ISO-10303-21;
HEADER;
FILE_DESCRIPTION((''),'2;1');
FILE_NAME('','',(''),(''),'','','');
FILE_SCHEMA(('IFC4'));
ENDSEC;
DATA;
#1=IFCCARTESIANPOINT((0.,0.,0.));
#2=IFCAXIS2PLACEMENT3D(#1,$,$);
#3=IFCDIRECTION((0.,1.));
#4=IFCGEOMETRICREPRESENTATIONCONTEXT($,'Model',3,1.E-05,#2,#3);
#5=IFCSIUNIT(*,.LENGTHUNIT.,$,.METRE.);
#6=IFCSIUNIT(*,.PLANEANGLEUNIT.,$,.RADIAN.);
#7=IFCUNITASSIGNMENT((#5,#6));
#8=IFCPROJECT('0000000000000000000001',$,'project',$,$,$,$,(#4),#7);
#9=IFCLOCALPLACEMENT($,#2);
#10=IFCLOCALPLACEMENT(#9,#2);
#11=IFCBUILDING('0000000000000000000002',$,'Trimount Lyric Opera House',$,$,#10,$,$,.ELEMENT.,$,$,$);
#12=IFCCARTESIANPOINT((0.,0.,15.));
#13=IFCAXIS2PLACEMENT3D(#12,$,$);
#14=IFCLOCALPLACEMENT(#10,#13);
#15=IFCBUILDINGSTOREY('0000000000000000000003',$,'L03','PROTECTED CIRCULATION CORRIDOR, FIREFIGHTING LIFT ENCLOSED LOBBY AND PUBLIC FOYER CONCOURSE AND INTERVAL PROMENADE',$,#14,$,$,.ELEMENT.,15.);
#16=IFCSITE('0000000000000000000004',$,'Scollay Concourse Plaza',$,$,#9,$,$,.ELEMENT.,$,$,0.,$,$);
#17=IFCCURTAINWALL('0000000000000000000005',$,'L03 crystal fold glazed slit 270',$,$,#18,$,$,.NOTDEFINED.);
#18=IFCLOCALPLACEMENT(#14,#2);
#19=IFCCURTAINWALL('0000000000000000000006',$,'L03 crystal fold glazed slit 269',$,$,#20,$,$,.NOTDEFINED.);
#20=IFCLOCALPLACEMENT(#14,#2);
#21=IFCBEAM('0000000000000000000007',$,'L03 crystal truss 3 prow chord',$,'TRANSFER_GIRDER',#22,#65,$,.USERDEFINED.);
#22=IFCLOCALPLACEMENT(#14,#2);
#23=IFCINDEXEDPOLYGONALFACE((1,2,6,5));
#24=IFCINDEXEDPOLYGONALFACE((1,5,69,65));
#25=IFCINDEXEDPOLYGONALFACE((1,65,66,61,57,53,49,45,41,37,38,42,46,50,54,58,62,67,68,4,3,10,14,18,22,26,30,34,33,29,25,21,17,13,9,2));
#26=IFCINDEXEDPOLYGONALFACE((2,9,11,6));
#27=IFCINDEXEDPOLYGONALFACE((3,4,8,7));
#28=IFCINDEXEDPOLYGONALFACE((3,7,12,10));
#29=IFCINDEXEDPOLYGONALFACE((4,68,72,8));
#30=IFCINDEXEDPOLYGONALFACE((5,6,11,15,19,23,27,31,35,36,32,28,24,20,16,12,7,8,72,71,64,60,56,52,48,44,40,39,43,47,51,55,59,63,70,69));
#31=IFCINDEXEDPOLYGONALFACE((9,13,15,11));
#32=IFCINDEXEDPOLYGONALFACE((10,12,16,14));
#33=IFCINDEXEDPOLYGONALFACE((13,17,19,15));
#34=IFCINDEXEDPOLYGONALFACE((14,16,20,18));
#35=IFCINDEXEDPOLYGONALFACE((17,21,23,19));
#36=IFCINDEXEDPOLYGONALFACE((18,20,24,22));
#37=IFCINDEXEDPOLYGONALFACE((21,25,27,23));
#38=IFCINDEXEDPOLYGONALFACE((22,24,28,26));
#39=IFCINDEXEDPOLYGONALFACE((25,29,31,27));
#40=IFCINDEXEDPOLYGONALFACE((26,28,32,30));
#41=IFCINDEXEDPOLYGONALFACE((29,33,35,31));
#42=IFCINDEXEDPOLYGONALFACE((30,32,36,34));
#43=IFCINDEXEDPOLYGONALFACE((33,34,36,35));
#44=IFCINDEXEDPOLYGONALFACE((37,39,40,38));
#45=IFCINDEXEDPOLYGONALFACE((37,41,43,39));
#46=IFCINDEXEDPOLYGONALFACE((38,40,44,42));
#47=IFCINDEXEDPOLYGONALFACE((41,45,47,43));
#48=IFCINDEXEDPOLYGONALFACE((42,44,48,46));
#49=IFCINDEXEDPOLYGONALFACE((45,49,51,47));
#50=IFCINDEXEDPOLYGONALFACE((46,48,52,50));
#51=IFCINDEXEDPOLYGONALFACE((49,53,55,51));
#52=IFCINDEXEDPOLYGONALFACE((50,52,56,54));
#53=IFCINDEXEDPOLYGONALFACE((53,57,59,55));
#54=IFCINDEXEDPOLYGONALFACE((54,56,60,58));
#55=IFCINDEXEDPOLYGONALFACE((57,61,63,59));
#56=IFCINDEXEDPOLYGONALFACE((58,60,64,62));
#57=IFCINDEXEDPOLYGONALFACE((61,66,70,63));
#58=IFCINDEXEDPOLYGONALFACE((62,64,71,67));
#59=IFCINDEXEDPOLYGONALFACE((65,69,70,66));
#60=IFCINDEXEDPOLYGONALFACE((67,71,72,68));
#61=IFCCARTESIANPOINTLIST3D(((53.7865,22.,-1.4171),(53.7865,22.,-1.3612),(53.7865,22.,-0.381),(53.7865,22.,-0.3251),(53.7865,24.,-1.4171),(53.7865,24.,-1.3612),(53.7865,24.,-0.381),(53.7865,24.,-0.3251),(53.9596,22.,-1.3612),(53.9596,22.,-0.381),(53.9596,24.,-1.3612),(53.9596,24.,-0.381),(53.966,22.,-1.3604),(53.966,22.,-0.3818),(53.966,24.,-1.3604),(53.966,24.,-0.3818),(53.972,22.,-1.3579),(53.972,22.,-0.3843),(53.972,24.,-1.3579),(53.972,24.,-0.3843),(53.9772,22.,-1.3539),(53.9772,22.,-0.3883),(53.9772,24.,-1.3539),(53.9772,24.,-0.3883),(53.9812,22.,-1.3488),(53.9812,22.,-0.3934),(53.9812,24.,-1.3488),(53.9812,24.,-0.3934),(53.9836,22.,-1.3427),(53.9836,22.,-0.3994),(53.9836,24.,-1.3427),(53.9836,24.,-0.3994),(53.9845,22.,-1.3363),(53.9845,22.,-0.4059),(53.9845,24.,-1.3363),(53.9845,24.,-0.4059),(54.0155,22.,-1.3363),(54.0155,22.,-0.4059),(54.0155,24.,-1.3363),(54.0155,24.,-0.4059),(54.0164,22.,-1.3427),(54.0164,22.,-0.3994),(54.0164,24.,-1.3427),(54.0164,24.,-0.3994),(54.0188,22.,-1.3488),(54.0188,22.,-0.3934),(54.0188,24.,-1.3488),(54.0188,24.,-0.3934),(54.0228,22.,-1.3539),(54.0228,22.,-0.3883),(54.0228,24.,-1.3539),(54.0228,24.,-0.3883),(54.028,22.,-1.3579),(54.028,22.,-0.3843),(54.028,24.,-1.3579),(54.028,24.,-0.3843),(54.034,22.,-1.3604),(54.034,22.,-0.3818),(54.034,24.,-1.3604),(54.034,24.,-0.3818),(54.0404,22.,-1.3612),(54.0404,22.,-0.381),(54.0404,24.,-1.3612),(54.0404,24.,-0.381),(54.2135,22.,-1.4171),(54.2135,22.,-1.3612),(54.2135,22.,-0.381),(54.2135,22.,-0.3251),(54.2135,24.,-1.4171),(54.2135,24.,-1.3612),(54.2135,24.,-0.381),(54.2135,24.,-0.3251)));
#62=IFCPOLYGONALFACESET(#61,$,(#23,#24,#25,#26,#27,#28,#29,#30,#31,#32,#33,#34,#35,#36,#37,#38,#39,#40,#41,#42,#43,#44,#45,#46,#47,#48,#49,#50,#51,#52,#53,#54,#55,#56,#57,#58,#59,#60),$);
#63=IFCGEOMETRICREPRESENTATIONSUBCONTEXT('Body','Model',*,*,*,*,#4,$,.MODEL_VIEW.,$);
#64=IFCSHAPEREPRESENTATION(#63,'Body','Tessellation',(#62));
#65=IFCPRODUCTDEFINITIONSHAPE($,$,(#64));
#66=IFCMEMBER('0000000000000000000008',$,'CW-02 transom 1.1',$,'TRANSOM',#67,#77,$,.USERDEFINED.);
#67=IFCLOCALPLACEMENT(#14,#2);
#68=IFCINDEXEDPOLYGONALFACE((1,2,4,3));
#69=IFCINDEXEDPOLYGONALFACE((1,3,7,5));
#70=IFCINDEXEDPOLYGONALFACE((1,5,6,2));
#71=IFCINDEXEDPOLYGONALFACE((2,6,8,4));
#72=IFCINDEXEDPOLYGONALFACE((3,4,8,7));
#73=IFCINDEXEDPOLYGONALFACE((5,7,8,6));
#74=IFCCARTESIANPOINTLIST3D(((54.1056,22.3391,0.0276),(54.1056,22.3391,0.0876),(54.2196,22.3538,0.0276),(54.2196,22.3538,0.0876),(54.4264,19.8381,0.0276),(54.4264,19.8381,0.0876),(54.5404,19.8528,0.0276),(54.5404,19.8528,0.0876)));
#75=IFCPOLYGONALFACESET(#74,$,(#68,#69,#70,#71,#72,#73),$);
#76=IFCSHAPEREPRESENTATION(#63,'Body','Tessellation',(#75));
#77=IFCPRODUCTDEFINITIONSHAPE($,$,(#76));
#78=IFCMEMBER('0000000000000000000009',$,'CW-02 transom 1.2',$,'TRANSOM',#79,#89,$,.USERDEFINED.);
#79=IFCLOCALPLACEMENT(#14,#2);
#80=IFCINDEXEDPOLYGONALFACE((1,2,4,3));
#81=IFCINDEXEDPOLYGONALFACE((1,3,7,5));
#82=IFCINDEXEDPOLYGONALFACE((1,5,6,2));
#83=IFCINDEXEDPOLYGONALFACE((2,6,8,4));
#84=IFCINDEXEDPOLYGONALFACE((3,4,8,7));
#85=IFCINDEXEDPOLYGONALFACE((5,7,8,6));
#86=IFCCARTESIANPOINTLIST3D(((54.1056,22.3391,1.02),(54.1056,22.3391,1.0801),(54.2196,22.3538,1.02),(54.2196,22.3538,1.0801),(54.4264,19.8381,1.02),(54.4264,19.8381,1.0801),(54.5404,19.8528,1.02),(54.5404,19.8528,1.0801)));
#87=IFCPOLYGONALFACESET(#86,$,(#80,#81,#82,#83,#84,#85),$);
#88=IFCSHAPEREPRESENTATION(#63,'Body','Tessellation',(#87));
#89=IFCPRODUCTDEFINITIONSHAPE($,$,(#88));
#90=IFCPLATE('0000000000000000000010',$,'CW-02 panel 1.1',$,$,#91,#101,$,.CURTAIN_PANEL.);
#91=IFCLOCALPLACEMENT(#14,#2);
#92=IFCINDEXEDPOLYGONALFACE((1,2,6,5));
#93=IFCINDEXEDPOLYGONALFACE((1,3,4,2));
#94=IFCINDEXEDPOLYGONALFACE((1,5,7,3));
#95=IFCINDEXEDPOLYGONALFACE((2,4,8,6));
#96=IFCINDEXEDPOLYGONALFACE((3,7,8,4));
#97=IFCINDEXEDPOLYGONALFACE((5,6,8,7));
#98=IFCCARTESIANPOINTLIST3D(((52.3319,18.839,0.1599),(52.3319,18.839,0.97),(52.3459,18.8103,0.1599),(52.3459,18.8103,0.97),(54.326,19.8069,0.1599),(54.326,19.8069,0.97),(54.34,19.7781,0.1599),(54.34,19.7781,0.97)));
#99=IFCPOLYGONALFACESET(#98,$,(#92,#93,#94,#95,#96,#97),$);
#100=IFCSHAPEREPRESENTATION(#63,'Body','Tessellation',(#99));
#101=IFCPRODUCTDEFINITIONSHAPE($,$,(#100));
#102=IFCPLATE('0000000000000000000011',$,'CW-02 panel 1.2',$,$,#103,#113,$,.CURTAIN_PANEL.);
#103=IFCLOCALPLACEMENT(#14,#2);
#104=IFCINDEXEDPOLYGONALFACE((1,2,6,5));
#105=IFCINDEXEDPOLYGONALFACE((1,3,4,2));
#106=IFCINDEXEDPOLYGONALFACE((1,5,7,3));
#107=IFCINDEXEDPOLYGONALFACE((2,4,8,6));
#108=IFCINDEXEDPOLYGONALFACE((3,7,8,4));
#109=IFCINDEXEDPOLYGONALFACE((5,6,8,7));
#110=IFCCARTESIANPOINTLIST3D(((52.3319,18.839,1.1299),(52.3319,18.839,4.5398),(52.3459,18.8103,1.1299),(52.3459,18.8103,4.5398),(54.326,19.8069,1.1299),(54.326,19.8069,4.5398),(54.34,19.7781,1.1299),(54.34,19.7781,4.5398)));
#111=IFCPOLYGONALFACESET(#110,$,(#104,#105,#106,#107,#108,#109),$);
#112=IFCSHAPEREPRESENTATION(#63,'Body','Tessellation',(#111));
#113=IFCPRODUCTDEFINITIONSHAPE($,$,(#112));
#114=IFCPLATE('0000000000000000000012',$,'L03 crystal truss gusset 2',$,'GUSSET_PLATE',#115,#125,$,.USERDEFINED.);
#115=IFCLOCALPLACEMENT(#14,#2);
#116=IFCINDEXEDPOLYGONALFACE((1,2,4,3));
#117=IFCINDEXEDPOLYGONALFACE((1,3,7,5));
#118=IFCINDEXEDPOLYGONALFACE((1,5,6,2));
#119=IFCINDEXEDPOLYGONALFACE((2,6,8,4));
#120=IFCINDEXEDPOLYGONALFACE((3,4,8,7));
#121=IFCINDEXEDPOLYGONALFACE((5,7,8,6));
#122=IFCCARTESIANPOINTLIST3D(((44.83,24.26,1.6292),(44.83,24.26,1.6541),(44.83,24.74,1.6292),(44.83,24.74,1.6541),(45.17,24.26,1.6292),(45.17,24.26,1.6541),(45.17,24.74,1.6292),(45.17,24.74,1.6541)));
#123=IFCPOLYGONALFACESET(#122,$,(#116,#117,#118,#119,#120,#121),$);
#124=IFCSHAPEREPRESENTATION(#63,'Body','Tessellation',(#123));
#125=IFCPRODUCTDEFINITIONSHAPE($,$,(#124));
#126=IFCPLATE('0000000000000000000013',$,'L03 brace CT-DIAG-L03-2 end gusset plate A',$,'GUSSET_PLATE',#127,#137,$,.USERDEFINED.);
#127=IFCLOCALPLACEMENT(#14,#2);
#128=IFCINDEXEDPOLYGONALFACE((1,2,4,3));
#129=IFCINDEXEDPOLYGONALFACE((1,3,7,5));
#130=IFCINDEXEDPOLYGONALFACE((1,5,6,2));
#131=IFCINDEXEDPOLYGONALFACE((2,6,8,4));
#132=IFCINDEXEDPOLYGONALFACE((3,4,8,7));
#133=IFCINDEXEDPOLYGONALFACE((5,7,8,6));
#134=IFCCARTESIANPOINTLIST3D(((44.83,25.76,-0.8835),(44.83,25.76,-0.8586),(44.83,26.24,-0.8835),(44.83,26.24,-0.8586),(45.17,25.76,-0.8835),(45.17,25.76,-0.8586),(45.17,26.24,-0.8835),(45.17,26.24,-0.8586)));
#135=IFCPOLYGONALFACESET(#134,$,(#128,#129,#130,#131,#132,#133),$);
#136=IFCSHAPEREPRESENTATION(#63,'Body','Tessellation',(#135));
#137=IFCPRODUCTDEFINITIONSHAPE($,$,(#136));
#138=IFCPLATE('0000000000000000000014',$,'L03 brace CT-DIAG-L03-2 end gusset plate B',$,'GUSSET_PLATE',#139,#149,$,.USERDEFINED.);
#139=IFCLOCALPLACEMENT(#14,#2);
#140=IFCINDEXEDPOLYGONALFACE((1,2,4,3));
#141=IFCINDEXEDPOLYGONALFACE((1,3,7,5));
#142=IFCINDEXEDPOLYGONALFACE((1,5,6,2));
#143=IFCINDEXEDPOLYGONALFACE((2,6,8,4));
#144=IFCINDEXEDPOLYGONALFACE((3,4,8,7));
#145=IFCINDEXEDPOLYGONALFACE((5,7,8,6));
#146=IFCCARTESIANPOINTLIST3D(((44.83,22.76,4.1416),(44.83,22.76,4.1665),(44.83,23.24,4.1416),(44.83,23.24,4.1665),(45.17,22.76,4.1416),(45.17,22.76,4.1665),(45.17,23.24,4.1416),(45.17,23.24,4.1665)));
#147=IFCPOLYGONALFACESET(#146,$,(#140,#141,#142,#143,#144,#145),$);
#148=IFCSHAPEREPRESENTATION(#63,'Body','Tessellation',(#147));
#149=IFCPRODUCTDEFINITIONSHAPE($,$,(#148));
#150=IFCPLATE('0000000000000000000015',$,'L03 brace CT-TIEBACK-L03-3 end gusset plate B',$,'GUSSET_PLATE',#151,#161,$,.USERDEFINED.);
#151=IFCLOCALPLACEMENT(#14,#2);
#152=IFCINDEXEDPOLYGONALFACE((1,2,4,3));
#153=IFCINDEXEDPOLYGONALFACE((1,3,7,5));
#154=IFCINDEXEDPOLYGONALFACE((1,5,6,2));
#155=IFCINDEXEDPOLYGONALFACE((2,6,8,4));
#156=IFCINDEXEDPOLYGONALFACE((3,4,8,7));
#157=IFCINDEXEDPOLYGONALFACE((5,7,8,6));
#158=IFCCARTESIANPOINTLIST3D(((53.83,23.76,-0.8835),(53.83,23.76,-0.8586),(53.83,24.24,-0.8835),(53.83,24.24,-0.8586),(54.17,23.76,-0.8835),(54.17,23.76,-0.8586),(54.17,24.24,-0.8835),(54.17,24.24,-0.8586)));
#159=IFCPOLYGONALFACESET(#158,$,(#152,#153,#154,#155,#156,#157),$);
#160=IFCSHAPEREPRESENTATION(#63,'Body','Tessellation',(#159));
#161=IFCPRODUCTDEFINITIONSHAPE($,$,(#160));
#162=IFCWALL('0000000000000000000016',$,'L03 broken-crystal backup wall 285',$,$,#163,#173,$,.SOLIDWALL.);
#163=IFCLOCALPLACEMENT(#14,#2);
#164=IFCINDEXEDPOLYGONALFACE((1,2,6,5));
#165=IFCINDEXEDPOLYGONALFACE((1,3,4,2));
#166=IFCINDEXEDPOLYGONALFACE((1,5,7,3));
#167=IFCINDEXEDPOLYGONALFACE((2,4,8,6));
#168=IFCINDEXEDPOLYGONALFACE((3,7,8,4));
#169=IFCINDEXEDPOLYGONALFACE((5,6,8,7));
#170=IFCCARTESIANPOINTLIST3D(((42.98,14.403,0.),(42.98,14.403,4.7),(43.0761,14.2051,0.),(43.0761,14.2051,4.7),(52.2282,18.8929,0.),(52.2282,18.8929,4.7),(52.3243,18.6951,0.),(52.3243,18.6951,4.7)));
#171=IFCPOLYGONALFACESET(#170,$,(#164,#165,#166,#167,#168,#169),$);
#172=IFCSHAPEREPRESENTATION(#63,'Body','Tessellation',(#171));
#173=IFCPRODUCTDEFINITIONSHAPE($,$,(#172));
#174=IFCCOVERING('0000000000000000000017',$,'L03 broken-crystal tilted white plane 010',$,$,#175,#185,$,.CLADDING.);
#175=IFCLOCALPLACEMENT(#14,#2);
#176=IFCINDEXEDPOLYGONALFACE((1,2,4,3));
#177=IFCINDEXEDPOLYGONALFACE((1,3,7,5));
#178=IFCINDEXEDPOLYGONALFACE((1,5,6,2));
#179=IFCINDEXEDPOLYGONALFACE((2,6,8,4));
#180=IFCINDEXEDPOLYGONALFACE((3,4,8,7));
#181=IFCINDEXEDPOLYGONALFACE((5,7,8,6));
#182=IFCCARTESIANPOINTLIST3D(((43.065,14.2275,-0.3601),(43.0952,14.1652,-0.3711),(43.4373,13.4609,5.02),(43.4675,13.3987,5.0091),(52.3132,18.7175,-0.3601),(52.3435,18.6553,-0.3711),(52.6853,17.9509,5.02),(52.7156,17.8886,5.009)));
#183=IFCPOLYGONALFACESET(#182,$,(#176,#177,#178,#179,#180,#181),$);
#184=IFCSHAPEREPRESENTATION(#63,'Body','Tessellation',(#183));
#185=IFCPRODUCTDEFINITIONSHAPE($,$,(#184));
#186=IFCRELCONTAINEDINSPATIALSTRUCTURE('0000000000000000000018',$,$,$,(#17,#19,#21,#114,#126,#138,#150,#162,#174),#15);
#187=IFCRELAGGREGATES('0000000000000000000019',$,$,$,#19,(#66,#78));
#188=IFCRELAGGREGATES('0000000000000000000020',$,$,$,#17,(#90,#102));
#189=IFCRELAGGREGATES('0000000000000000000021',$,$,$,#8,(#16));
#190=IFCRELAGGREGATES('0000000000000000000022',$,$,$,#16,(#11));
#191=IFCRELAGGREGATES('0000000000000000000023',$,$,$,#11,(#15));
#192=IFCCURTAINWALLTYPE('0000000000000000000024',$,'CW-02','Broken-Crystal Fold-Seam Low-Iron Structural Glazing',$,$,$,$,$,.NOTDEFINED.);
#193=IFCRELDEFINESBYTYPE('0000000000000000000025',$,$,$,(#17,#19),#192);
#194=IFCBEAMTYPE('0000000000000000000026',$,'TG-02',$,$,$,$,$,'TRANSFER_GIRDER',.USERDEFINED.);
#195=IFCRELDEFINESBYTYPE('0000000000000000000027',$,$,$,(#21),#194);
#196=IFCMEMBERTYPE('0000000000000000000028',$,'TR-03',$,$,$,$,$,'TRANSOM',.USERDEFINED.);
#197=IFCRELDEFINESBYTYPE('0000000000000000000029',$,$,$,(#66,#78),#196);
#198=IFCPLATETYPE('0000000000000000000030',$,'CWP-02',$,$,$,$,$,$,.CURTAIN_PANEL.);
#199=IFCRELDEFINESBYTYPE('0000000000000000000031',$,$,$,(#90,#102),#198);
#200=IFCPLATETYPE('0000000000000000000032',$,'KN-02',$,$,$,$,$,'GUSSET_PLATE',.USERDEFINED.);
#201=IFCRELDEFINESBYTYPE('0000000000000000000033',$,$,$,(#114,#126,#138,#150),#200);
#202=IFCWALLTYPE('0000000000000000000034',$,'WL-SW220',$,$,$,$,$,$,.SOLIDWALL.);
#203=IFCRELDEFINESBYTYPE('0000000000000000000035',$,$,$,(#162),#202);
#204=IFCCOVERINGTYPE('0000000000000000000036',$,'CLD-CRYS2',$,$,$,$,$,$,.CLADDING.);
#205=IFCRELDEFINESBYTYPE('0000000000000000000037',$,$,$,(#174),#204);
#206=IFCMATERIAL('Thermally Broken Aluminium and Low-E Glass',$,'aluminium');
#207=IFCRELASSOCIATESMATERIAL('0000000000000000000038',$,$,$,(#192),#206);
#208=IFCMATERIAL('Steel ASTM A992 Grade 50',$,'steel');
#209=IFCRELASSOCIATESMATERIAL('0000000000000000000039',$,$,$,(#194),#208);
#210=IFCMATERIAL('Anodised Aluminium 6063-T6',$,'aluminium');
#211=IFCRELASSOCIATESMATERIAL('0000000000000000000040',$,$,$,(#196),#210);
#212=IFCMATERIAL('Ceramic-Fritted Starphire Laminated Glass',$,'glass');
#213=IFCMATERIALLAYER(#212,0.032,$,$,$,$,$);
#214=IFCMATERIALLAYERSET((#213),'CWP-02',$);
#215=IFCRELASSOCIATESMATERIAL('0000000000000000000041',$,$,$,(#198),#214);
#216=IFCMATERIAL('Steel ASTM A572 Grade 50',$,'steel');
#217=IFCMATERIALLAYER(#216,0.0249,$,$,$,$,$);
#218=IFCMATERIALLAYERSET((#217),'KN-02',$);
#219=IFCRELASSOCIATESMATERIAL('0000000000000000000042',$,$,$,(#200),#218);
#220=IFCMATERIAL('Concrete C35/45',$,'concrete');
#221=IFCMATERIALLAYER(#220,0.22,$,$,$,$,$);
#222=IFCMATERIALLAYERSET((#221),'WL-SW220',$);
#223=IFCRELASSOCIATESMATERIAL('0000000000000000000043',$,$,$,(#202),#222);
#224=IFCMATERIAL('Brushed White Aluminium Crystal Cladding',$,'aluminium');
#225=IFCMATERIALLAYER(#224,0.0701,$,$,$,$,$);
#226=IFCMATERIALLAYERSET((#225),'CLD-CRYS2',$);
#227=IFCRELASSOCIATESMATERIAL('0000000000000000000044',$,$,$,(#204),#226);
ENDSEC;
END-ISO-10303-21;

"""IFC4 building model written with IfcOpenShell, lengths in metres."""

from ifc_helpers import new_model, si_unit, direction, frame, frame_2d, origin, origin_2d, place, context, subcontext, project, spatial, polyline, rectangle, i_section, outline, extrude, material, layer, layer_set, material_profile, profile_set, type_object, element, aggregate, save


model = new_model("IFC4")

# Units and contexts
model_context = context("Model", 3, precision=1e-05, world=origin(), true_north=direction((0.0, 1.0)))
body_context = subcontext(model_context, "Body", "Model", "MODEL_VIEW")
ifc_project = project(units=[si_unit("LENGTHUNIT", "METRE"), si_unit("PLANEANGLEUNIT", "RADIAN")], contexts=[model_context])

# Site, building, storey
site_placement = place(None, origin())
site = spatial("IfcSite", under=ifc_project, at=site_placement, Name="Scollay Concourse Plaza", CompositionType="ELEMENT", RefElevation=0.0)
building_placement = place(site_placement, origin())
building = spatial("IfcBuilding", under=site, at=building_placement, Name="Trimount Lyric Opera House", CompositionType="ELEMENT")
storey_placement = place(building_placement, frame((0.0, 0.0, 15.0)))
storey = spatial("IfcBuildingStorey", under=building, at=storey_placement, Name="L03", Description="PROTECTED CIRCULATION CORRIDOR, FIREFIGHTING LIFT ENCLOSED LOBBY AND PUBLIC FOYER CONCOURSE AND INTERVAL PROMENADE", CompositionType="ELEMENT", Elevation=15.0)

# Curtain walls
ifc_material_1 = material(Name="Thermally Broken Aluminium and Low-E Glass", Category="aluminium")
curtain_wall_type = type_object("IfcCurtainWallType", Name="CW-02", Description="Broken-Crystal Fold-Seam Low-Iron Structural Glazing", PredefinedType="NOTDEFINED", material=ifc_material_1)
curtain_wall_1_placement = place(storey_placement, origin())
curtain_wall_1 = element("IfcCurtainWall", 1, at=curtain_wall_1_placement, inside=storey, type_object=curtain_wall_type, Name="L03 crystal fold glazed slit 270", PredefinedType="NOTDEFINED")
curtain_wall_2_placement = place(storey_placement, origin())
curtain_wall_2 = element("IfcCurtainWall", 2, at=curtain_wall_2_placement, inside=storey, type_object=curtain_wall_type, Name="L03 crystal fold glazed slit 269", PredefinedType="NOTDEFINED")

# Beam
ifc_material_2 = material(Name="Steel ASTM A992 Grade 50", Category="steel")
ifc_material_profile_1 = material_profile(ifc_material_2, i_section(OverallWidth=0.427, OverallDepth=1.092, WebThickness=0.031, FlangeThickness=0.0559, FilletRadius=0.0249, at=origin_2d()), Name="W40X397")
ifc_profile_set_1 = profile_set([ifc_material_profile_1], Name="Steel ASTM A992 Grade 50")
beam_type_1 = type_object("IfcBeamType", Name="TG-02", ElementType="TRANSFER_GIRDER", PredefinedType="USERDEFINED", material=ifc_profile_set_1)
for number, where, z_axis, x_axis, name in (
    (3, (54.0, 22.0, -0.8711), (0.0, 1.0, 0.0), (-1.0, 0.0, 0.0), "L03 crystal truss 3 prow chord"),
):
    element("IfcBeam", number, at=place(storey_placement, frame(where, z_axis=z_axis, x_axis=x_axis)), inside=storey, type_object=beam_type_1, Name=name, ObjectType="TRANSFER_GIRDER", PredefinedType="USERDEFINED", context=body_context, shape_type="SweptSolid", body=[
        extrude(i_section(OverallWidth=0.427, OverallDepth=1.092, WebThickness=0.031, FlangeThickness=0.0559, FilletRadius=0.0249, at=origin_2d()), origin(), (0.0, 0.0, 1.0), 2.0),
    ])

# Members
ifc_material_3 = material(Name="Anodised Aluminium 6063-T6", Category="aluminium")
ifc_material_profile_2 = material_profile(ifc_material_3, rectangle(XDim=0.115, YDim=0.0601, at=origin_2d()), Name="ALU-TRAN-60X115")
ifc_profile_set_2 = profile_set([ifc_material_profile_2], Name="Anodised Aluminium 6063-T6")
member_type_1 = type_object("IfcMemberType", Name="TR-03", ElementType="TRANSOM", PredefinedType="USERDEFINED", material=ifc_profile_set_2)
member_1_placement = place(storey_placement, frame((54.1626, 22.3464, 0.0576), z_axis=(0.127228, -0.991874, 0.0), x_axis=(0.991874, 0.127228, 0.0)))
member_1 = element("IfcMember", 4, at=member_1_placement, type_object=member_type_1, Name="CW-02 transom 1.1", ObjectType="TRANSOM", PredefinedType="USERDEFINED", context=body_context, shape_type="SweptSolid", body=[
    extrude(rectangle(XDim=0.115, YDim=0.0601, at=origin_2d()), origin(), (0.0, 0.0, 1.0), 2.5215),
])
member_2_placement = place(storey_placement, frame((54.1626, 22.3464, 1.05), z_axis=(0.127228, -0.991874, 0.0), x_axis=(0.991874, 0.127228, 0.0)))
member_2 = element("IfcMember", 5, at=member_2_placement, type_object=member_type_1, Name="CW-02 transom 1.2", ObjectType="TRANSOM", PredefinedType="USERDEFINED", context=body_context, shape_type="SweptSolid", body=[
    extrude(rectangle(XDim=0.115, YDim=0.0601, at=origin_2d()), origin(), (0.0, 0.0, 1.0), 2.5215),
])
aggregate(curtain_wall_2, [member_1, member_2])

# Plates
ifc_material_4 = material(Name="Ceramic-Fritted Starphire Laminated Glass", Category="glass")
ifc_layer_1 = layer(ifc_material_4, 0.032)
ifc_layer_set_1 = layer_set([ifc_layer_1], Name="CWP-02")
plate_type_1 = type_object("IfcPlateType", Name="CWP-02", PredefinedType="CURTAIN_PANEL", material=ifc_layer_set_1)
plate_1_placement = place(storey_placement, frame((53.3359, 19.3086, 0.1599), z_axis=(0.0, 0.0, 1.0), x_axis=(-0.899627, -0.436659, 0.0)))
plate_1 = element("IfcPlate", 6, at=plate_1_placement, type_object=plate_type_1, Name="CW-02 panel 1.1", PredefinedType="CURTAIN_PANEL", context=body_context, shape_type="SweptSolid", body=[
    extrude(rectangle(XDim=2.2166, YDim=0.032, at=origin_2d()), origin(), (0.0, 0.0, 1.0), 0.8101),
])
plate_2_placement = place(storey_placement, frame((53.3359, 19.3086, 1.1299), z_axis=(0.0, 0.0, 1.0), x_axis=(-0.899627, -0.436659, 0.0)))
plate_2 = element("IfcPlate", 7, at=plate_2_placement, type_object=plate_type_1, Name="CW-02 panel 1.2", PredefinedType="CURTAIN_PANEL", context=body_context, shape_type="SweptSolid", body=[
    extrude(rectangle(XDim=2.2166, YDim=0.032, at=origin_2d()), origin(), (0.0, 0.0, 1.0), 3.4099),
])
aggregate(curtain_wall_1, [plate_1, plate_2])

# Plates
ifc_material_5 = material(Name="Steel ASTM A572 Grade 50", Category="steel")
ifc_layer_2 = layer(ifc_material_5, 0.0249)
ifc_layer_set_2 = layer_set([ifc_layer_2], Name="KN-02")
plate_type_2 = type_object("IfcPlateType", Name="KN-02", ElementType="GUSSET_PLATE", PredefinedType="USERDEFINED", material=ifc_layer_set_2)
for number, where, z_axis, x_axis, name in (
    (8, (45.0, 24.5, 1.6292), (0.0, 0.0, 1.0), (0.0, 1.0, 0.0), "L03 crystal truss gusset 2"),
    (9, (45.0, 26.0, -0.8835), (0.0, 0.0, 1.0), (0.0, -1.0, 0.0), "L03 brace CT-DIAG-L03-2 end gusset plate A"),
    (10, (45.0, 23.0, 4.1416), (0.0, 0.0, 1.0), (0.0, -1.0, 0.0), "L03 brace CT-DIAG-L03-2 end gusset plate B"),
    (11, (54.0, 24.0, -0.8835), (0.0, 0.0, 1.0), (0.0, -1.0, 0.0), "L03 brace CT-TIEBACK-L03-3 end gusset plate B"),
):
    element("IfcPlate", number, at=place(storey_placement, frame(where, z_axis=z_axis, x_axis=x_axis)), inside=storey, type_object=plate_type_2, Name=name, ObjectType="GUSSET_PLATE", PredefinedType="USERDEFINED", context=body_context, shape_type="SweptSolid", body=[
        extrude(rectangle(XDim=0.48, YDim=0.3401, at=origin_2d()), origin(), (0.0, 0.0, 1.0), 0.0249),
    ])

# Wall
ifc_material_6 = material(Name="Concrete C35/45", Category="concrete")
ifc_layer_3 = layer(ifc_material_6, 0.22)
ifc_layer_set_3 = layer_set([ifc_layer_3], Name="WL-SW220")
wall_type = type_object("IfcWallType", Name="WL-SW220", PredefinedType="SOLIDWALL", material=ifc_layer_set_3)
wall_placement = place(storey_placement, frame((52.2761, 18.7939, 0.0), z_axis=(0.0, 0.0, 1.0), x_axis=(-0.899586, -0.436744, 0.0)))
element("IfcWall", 12, at=wall_placement, inside=storey, type_object=wall_type, Name="L03 broken-crystal backup wall 285", PredefinedType="SOLIDWALL", context=body_context, shape_type="SweptSolid", body=[
    extrude(rectangle(XDim=10.2805, YDim=0.22, at=frame_2d((5.1401, 0.0))), origin(), (0.0, 0.0, 1.0), 4.7),
])

# Covering
ifc_material_7 = material(Name="Brushed White Aluminium Crystal Cladding", Category="aluminium")
ifc_layer_4 = layer(ifc_material_7, 0.0701)
ifc_layer_set_4 = layer_set([ifc_layer_4], Name="CLD-CRYS2")
covering_type = type_object("IfcCoveringType", Name="CLD-CRYS2", PredefinedType="CLADDING", material=ifc_layer_set_4)
covering_placement = place(storey_placement, frame((52.3132, 18.7175, -0.3601), z_axis=(-0.431371, 0.888507, 0.156443), x_axis=(-0.899584, -0.436748, -0.000001)))
element("IfcCovering", 13, at=covering_placement, inside=storey, type_object=covering_type, Name="L03 broken-crystal tilted white plane 010", PredefinedType="CLADDING", context=body_context, shape_type="SweptSolid", body=[
    extrude(outline(polyline([(0.0, 0.0), (10.2806, 0.0), (10.2805, 5.4472), (0.0001, 5.4472), (0.0, 0.0)])), origin(), (0.0, 0.0, -1.0), 0.0701),
])

save(model, "model.ifc")
